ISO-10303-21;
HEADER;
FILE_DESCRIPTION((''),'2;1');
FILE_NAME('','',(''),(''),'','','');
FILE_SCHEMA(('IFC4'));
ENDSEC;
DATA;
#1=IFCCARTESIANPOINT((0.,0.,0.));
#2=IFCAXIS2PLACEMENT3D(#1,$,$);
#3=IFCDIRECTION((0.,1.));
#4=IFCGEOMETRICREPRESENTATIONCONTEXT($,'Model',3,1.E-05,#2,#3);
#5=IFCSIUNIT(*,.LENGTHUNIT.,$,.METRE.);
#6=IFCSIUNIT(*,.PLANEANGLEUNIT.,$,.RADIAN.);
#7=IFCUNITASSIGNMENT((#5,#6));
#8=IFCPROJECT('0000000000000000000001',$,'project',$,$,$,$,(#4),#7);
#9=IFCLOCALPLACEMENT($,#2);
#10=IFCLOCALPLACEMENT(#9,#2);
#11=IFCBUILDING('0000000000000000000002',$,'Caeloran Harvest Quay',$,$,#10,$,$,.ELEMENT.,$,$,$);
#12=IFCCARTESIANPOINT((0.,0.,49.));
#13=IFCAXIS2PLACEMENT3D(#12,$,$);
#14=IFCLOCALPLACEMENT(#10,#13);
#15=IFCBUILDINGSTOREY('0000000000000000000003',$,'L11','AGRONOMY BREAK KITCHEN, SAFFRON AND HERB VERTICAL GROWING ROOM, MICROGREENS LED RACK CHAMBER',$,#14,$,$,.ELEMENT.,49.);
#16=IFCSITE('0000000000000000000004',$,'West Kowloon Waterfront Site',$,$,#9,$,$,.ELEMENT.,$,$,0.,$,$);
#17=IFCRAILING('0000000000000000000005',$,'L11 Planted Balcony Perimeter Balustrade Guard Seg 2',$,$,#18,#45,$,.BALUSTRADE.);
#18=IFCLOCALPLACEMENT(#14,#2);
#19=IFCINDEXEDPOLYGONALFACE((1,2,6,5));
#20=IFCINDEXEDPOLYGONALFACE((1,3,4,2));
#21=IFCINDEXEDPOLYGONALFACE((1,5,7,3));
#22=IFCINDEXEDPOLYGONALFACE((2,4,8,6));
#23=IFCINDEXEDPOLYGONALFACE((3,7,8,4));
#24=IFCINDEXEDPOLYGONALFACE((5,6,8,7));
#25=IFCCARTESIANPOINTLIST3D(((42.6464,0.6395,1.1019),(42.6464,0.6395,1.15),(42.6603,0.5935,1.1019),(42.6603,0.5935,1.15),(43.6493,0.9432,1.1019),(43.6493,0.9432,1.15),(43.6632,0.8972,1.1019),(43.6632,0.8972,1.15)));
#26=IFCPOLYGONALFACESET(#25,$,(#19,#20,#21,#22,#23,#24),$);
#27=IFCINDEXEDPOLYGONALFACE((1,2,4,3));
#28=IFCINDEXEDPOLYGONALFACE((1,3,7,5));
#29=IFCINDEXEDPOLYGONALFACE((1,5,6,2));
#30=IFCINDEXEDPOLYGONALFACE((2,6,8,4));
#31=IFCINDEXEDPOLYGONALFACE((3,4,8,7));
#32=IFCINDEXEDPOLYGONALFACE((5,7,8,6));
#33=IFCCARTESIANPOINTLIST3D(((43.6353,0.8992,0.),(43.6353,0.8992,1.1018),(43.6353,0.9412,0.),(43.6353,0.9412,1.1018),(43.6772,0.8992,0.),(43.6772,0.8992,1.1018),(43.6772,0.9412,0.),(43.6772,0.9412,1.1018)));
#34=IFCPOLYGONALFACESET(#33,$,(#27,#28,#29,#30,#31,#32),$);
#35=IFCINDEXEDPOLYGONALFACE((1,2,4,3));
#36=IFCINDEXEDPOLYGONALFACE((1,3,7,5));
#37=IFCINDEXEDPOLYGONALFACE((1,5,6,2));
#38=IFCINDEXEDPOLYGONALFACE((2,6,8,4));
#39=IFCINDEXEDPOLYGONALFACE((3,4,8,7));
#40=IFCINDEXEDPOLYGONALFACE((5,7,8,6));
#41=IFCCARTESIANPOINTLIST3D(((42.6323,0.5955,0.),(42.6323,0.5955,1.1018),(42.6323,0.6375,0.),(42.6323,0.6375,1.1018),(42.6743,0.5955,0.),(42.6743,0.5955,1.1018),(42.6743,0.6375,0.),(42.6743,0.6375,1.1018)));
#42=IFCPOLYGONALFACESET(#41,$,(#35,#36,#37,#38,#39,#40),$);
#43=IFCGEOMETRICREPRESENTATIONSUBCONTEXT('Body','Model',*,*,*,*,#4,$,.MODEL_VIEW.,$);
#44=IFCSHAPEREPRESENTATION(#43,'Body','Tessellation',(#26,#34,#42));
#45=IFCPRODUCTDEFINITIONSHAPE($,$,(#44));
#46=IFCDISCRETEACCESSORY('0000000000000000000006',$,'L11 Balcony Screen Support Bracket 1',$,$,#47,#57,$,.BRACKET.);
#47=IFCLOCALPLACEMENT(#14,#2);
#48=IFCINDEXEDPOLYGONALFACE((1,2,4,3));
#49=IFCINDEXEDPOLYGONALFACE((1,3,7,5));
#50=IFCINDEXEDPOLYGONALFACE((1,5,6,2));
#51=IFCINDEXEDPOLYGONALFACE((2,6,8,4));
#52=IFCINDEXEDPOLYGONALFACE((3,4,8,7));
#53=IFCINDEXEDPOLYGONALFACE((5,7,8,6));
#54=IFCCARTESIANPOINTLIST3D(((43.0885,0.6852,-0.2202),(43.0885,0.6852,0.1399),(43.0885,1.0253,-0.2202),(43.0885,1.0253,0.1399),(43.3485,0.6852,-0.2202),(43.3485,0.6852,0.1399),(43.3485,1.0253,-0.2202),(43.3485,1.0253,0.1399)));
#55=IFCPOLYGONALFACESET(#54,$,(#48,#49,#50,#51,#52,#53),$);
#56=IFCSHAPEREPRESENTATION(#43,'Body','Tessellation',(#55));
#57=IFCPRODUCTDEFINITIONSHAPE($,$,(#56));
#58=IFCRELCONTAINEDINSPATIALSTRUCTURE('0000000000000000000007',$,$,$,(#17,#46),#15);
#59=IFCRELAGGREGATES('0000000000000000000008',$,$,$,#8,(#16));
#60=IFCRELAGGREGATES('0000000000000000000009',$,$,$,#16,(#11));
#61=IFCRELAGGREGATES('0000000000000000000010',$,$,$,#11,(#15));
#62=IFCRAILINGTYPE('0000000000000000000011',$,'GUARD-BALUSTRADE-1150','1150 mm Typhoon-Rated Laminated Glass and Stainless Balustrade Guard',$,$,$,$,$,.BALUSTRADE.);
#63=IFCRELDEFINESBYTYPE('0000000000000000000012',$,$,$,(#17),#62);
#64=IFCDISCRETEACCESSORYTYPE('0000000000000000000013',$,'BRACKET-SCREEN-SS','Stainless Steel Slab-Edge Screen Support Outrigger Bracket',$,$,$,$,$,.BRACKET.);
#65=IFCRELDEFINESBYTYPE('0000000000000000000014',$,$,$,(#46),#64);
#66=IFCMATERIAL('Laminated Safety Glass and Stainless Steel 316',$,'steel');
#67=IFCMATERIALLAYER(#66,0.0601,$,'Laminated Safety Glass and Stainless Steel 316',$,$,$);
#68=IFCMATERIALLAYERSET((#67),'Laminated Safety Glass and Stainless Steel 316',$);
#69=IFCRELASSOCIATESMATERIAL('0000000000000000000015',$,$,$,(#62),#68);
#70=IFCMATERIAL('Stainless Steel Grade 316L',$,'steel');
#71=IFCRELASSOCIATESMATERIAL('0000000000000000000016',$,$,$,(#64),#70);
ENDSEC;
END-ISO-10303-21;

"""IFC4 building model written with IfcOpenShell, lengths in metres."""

from ifc_helpers import new_model, si_unit, direction, frame, origin, origin_2d, place, context, subcontext, project, spatial, rectangle, extrude, material, layer, layer_set, type_object, element, save


model = new_model("IFC4")

# Units and contexts
model_context = context("Model", 3, precision=1e-05, world=origin(), true_north=direction((0.0, 1.0)))
body_context = subcontext(model_context, "Body", "Model", "MODEL_VIEW")
ifc_project = project(units=[si_unit("LENGTHUNIT", "METRE"), si_unit("PLANEANGLEUNIT", "RADIAN")], contexts=[model_context])

# Site, building, storey
site_placement = place(None, origin())
site = spatial("IfcSite", under=ifc_project, at=site_placement, Name="West Kowloon Waterfront Site", CompositionType="ELEMENT", RefElevation=0.0)
building_placement = place(site_placement, origin())
building = spatial("IfcBuilding", under=site, at=building_placement, Name="Caeloran Harvest Quay", CompositionType="ELEMENT")
storey_placement = place(building_placement, frame((0.0, 0.0, 49.0)))
storey = spatial("IfcBuildingStorey", under=building, at=storey_placement, Name="L11", Description="AGRONOMY BREAK KITCHEN, SAFFRON AND HERB VERTICAL GROWING ROOM, MICROGREENS LED RACK CHAMBER", CompositionType="ELEMENT", Elevation=49.0)

# Railing
ifc_material_1 = material(Name="Laminated Safety Glass and Stainless Steel 316", Category="steel")
ifc_layer_1 = layer(ifc_material_1, 0.0601, Name="Laminated Safety Glass and Stainless Steel 316")
ifc_layer_set_1 = layer_set([ifc_layer_1], Name="Laminated Safety Glass and Stainless Steel 316")
railing_type = type_object("IfcRailingType", Name="GUARD-BALUSTRADE-1150", Description="1150 mm Typhoon-Rated Laminated Glass and Stainless Balustrade Guard", PredefinedType="BALUSTRADE", material=ifc_layer_set_1)
railing_1_placement = place(storey_placement, frame((43.6562, 0.9202, 0.0)))
element("IfcRailing", 1, at=railing_1_placement, inside=storey, type_object=railing_type, Name="L11 Planted Balcony Perimeter Balustrade Guard Seg 2", PredefinedType="BALUSTRADE", context=body_context, shape_type="SweptSolid", body=[
    extrude(rectangle(XDim=0.0481, YDim=0.0481, at=origin_2d()), frame((0.0, 0.0, 1.126), z_axis=(-0.957079, -0.289826, 0.0), x_axis=(0.289826, -0.957079, 0.0)), (0.0, 0.0, 1.0), 1.0479),
    extrude(rectangle(XDim=0.042, YDim=0.042, at=origin_2d()), origin(), (0.0, 0.0, 1.0), 1.1018),
    extrude(rectangle(XDim=0.042, YDim=0.042, at=origin_2d()), frame((-1.0029, -0.3037, 0.0)), (0.0, 0.0, 1.0), 1.1018),
])

# Discrete accessory
ifc_material_2 = material(Name="Stainless Steel Grade 316L", Category="steel")
discrete_accessory_type = type_object("IfcDiscreteAccessoryType", Name="BRACKET-SCREEN-SS", Description="Stainless Steel Slab-Edge Screen Support Outrigger Bracket", PredefinedType="BRACKET", material=ifc_material_2)
discrete_accessory_placement = place(storey_placement, frame((43.2185, 0.8552, -0.2202), z_axis=(0.0, 0.0, 1.0), x_axis=(1.0, 0.0, 0.0)))
element("IfcDiscreteAccessory", 2, at=discrete_accessory_placement, inside=storey, type_object=discrete_accessory_type, Name="L11 Balcony Screen Support Bracket 1", PredefinedType="BRACKET", context=body_context, shape_type="SweptSolid", body=[
    extrude(rectangle(XDim=0.26, YDim=0.3401, at=origin_2d()), origin(), (0.0, 0.0, 1.0), 0.3601),
])

save(model, "model.ifc")
